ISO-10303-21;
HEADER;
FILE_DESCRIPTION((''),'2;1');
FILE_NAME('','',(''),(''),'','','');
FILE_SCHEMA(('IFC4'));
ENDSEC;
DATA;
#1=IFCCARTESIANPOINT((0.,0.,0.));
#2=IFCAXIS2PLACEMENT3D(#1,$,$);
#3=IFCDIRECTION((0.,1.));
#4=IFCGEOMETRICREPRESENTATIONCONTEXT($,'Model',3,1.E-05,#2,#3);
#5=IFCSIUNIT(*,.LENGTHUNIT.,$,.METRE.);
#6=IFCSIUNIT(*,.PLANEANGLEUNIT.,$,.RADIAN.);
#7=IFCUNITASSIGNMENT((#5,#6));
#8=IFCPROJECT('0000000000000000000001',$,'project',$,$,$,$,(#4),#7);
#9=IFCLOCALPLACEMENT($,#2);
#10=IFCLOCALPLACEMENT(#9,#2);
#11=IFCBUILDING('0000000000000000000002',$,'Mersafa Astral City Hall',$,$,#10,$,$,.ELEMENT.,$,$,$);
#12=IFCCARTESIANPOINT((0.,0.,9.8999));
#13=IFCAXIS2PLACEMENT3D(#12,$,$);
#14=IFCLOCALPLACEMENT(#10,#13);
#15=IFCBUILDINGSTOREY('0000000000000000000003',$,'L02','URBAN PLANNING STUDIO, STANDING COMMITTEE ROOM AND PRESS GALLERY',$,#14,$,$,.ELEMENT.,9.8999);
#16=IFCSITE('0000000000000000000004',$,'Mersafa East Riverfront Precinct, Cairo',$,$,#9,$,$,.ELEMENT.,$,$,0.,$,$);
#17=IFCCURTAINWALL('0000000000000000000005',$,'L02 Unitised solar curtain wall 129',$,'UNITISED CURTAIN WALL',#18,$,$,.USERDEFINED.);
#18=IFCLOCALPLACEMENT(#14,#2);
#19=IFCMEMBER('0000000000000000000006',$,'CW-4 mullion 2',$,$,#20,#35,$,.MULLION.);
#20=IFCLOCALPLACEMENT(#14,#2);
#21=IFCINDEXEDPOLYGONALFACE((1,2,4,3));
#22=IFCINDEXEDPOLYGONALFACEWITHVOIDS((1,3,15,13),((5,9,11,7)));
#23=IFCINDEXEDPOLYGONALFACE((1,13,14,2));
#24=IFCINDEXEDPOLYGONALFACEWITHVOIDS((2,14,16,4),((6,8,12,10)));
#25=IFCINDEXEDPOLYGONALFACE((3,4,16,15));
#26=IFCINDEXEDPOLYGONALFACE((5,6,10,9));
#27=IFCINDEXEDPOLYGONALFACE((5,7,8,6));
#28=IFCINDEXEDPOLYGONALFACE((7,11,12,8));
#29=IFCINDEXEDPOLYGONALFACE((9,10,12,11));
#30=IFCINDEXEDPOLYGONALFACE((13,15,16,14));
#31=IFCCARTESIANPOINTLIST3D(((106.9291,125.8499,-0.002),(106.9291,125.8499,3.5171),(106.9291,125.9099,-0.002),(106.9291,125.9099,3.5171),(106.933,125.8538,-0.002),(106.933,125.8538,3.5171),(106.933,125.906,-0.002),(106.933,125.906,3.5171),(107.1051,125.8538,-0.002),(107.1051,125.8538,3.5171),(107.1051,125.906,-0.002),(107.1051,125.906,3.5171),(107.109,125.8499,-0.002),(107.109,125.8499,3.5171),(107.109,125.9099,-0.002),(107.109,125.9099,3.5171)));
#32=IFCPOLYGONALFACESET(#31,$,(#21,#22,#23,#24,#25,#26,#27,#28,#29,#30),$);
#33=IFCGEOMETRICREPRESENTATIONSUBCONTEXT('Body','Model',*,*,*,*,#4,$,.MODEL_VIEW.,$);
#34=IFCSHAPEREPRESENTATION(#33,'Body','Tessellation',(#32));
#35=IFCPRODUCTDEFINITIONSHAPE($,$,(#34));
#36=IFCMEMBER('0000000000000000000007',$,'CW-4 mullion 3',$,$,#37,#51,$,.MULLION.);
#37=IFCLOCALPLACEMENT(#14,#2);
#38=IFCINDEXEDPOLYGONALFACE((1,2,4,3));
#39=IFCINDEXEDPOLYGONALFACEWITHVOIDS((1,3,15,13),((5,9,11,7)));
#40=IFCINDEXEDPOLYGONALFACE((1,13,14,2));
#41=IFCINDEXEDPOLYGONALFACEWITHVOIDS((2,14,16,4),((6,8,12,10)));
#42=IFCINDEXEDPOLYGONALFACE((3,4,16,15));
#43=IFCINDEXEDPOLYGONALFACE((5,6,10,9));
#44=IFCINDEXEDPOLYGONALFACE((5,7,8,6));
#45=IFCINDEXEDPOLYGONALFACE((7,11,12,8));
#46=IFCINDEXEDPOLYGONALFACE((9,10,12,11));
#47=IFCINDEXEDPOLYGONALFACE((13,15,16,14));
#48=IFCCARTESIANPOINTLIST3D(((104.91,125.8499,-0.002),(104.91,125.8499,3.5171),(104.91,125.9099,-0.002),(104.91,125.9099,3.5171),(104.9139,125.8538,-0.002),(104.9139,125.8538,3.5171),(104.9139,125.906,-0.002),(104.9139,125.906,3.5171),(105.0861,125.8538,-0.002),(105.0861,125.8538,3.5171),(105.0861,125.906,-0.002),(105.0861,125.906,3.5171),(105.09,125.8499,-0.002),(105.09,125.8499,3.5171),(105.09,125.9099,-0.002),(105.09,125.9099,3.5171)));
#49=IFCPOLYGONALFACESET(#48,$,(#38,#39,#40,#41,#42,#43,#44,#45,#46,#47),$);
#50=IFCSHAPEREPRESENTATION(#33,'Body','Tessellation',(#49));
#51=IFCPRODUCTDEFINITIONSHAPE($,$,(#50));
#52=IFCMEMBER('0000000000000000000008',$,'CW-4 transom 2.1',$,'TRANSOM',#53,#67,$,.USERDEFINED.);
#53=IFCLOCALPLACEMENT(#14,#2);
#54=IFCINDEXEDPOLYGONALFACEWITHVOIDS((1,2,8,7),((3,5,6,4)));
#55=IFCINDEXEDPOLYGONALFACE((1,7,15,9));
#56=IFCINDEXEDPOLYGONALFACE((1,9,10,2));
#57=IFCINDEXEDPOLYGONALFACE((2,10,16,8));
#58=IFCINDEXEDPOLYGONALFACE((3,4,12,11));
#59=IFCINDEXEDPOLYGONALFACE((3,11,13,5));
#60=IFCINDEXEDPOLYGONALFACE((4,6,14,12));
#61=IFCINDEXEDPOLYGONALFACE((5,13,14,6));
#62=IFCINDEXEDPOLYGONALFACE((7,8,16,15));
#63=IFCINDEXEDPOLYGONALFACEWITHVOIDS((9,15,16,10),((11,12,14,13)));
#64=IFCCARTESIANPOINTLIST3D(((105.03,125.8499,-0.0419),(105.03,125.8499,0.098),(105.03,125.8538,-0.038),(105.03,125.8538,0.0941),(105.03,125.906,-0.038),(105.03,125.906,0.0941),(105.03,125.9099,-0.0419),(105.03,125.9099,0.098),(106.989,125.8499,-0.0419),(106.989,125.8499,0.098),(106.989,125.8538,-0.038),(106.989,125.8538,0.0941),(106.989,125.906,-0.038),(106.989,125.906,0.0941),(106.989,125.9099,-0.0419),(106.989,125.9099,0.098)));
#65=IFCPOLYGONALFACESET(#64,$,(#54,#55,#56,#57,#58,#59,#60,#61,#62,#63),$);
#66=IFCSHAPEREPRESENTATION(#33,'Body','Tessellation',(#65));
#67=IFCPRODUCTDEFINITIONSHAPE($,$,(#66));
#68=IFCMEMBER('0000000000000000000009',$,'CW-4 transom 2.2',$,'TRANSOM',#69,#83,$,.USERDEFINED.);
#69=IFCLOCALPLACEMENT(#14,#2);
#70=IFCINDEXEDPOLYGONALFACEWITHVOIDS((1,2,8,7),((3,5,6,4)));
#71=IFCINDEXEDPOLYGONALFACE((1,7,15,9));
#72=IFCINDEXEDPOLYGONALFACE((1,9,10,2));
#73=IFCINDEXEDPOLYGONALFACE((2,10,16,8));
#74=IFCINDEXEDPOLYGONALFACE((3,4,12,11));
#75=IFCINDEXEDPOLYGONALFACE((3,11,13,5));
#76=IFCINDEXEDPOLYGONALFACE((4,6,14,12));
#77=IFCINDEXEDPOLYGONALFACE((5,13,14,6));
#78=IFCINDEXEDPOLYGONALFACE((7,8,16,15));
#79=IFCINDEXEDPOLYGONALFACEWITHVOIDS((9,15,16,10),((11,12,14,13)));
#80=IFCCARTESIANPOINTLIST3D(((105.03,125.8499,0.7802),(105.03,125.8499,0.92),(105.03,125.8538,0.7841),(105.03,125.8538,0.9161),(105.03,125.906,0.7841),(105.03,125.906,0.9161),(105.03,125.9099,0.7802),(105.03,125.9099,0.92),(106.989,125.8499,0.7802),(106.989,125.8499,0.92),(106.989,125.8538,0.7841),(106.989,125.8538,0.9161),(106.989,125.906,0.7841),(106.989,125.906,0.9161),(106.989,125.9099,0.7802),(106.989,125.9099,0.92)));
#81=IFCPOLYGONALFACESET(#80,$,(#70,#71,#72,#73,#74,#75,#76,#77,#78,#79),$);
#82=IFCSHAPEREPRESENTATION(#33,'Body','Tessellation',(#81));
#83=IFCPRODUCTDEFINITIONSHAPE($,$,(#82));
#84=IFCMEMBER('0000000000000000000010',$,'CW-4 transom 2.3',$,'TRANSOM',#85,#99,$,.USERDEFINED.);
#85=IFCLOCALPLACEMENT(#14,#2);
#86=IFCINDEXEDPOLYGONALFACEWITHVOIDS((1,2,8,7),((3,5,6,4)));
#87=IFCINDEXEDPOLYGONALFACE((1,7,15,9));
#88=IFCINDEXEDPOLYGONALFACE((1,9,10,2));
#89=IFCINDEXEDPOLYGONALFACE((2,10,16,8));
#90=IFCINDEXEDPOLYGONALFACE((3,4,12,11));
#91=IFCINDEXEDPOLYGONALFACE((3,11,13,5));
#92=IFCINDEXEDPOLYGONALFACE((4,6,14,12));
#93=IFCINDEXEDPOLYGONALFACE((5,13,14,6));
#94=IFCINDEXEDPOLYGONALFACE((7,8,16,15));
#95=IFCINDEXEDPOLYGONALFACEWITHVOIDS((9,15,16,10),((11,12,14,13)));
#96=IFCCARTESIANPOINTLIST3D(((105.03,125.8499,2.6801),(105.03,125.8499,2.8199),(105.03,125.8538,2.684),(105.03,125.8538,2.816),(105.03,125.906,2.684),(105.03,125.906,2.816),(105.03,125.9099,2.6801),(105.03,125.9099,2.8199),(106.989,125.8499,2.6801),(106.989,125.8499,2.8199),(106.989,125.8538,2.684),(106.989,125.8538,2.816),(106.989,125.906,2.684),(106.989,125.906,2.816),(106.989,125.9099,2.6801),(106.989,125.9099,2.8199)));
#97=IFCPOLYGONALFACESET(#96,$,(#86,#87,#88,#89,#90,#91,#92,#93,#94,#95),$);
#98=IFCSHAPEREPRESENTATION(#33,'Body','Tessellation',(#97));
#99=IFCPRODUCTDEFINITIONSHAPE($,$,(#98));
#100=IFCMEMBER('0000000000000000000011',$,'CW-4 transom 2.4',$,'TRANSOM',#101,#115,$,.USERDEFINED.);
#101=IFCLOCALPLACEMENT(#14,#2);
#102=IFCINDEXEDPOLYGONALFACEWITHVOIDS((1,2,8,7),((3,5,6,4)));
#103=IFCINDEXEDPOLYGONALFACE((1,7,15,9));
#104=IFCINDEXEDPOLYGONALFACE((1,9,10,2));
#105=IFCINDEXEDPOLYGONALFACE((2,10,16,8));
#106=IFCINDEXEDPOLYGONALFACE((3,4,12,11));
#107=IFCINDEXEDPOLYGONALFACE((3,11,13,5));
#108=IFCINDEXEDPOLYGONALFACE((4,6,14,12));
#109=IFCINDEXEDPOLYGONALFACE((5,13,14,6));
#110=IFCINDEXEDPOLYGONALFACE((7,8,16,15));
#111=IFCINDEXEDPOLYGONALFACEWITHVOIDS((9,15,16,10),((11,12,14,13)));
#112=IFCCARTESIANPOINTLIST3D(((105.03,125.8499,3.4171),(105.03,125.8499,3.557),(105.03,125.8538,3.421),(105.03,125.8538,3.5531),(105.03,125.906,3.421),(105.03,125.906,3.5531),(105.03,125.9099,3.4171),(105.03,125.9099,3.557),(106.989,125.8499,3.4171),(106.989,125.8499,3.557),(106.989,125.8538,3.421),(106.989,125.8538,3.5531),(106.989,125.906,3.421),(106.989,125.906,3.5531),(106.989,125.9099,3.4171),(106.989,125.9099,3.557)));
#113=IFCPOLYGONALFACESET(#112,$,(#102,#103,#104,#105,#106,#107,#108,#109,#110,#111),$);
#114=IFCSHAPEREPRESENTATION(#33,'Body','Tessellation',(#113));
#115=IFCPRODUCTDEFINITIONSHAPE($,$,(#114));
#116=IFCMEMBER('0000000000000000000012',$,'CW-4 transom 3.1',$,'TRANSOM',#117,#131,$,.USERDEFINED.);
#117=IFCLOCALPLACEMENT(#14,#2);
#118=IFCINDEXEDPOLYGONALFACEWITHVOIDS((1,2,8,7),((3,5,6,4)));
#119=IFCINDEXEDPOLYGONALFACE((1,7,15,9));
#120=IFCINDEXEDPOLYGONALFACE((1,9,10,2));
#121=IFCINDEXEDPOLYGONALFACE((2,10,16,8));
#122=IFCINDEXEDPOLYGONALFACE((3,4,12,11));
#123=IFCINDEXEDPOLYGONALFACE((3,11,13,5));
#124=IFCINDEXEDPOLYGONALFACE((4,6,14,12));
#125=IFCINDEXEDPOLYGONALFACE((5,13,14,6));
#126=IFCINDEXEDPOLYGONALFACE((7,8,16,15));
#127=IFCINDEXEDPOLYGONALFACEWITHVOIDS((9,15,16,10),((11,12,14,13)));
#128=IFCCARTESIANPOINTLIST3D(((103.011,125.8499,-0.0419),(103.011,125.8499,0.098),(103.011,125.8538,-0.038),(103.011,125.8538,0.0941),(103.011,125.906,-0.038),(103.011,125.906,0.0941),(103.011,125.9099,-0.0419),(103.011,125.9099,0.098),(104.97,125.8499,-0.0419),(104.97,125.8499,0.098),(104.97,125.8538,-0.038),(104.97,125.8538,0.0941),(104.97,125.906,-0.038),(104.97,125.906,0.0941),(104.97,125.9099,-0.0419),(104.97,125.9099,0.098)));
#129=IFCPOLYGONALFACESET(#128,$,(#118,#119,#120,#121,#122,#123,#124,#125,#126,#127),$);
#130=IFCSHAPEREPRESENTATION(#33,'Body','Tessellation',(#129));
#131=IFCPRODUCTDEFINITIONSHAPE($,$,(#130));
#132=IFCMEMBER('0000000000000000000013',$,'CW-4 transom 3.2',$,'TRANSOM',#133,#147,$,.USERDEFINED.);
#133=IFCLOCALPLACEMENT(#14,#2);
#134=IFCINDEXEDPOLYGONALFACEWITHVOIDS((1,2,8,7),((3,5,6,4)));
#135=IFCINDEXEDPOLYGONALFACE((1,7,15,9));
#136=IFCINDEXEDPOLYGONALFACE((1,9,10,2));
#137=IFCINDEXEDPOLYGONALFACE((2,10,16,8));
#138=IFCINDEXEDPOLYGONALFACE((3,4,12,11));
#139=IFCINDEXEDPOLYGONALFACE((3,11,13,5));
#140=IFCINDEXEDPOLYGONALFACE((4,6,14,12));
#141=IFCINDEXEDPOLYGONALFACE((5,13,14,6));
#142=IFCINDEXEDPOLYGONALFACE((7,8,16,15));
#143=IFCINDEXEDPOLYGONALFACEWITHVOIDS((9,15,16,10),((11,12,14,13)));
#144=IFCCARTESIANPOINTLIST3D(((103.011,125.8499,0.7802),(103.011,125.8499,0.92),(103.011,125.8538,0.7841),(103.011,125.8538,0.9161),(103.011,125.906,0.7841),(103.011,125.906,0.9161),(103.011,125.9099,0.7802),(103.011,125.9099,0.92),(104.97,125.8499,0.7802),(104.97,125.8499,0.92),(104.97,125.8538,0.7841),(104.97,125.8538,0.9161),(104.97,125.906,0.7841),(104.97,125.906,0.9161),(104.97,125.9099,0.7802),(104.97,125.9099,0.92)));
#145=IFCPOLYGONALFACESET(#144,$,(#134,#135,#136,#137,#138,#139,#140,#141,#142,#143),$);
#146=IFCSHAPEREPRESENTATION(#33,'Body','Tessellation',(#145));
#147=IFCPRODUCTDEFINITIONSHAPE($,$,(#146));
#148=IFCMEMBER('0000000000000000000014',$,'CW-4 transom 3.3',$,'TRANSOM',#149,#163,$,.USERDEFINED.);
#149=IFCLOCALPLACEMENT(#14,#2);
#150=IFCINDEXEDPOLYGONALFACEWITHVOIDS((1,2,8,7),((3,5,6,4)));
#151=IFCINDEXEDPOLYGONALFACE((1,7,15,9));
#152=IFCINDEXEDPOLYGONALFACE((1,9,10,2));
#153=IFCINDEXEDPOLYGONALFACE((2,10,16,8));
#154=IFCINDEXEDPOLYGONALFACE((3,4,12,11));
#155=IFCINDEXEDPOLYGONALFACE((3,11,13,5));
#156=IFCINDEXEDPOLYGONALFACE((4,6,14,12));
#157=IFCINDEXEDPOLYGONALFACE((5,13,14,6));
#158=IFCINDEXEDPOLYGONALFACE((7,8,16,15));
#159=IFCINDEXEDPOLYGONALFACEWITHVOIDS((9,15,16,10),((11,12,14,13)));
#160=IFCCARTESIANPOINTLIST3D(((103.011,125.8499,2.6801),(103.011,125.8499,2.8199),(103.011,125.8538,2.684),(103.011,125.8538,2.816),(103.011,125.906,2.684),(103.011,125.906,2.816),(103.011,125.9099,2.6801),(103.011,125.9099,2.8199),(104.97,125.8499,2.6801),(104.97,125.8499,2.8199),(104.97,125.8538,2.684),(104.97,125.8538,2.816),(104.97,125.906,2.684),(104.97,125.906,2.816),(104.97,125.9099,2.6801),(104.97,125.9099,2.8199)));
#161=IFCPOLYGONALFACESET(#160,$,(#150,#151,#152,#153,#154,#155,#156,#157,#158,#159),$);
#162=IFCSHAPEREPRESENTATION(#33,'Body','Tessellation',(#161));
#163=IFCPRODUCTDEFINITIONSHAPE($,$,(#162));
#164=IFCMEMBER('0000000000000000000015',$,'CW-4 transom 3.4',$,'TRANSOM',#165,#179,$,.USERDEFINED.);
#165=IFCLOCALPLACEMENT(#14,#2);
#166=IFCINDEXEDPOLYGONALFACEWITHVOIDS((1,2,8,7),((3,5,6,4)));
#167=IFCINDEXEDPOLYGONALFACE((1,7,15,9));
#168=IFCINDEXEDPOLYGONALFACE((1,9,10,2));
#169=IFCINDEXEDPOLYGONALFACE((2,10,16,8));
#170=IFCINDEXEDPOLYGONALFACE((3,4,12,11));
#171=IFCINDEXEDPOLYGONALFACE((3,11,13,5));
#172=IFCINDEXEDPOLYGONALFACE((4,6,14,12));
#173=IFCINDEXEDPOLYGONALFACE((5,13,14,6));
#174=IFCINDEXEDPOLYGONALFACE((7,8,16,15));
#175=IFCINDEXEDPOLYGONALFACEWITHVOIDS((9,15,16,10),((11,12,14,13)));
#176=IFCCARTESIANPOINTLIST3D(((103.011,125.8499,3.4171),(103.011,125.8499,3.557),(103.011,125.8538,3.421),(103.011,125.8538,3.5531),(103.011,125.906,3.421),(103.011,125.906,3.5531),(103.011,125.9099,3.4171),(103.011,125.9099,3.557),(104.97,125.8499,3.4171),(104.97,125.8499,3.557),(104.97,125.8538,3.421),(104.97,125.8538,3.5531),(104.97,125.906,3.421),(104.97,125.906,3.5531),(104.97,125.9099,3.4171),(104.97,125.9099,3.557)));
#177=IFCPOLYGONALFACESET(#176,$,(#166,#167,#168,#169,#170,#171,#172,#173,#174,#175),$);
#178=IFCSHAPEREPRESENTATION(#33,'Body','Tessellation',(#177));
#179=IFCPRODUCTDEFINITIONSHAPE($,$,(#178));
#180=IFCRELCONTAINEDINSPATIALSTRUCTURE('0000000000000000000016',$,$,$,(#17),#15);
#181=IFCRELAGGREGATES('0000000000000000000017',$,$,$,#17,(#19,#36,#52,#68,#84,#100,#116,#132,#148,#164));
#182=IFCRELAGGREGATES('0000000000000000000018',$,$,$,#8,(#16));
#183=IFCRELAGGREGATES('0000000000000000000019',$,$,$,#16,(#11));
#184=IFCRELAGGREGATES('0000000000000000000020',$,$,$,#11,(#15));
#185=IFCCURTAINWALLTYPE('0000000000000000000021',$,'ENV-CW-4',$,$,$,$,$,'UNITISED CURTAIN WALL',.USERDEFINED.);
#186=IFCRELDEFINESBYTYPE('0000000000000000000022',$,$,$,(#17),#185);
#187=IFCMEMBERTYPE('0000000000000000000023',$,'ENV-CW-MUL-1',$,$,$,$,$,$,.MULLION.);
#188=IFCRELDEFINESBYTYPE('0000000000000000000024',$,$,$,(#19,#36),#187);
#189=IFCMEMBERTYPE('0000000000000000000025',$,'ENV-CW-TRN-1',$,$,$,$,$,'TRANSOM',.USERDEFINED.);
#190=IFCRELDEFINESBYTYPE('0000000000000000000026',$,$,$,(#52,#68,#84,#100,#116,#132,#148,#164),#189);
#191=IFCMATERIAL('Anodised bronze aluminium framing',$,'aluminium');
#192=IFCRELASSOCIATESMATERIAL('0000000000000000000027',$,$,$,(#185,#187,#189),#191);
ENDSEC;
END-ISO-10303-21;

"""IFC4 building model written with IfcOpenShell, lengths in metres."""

from ifc_helpers import new_model, si_unit, direction, frame, origin, origin_2d, place, context, subcontext, project, spatial, hollow_rectangle, extrude, material, material_profile, profile_set, type_object, element, aggregate, save


model = new_model("IFC4")

# Units and contexts
model_context = context("Model", 3, precision=1e-05, world=origin(), true_north=direction((0.0, 1.0)))
body_context = subcontext(model_context, "Body", "Model", "MODEL_VIEW")
ifc_project = project(units=[si_unit("LENGTHUNIT", "METRE"), si_unit("PLANEANGLEUNIT", "RADIAN")], contexts=[model_context])

# Site, building, storey
site_placement = place(None, origin())
site = spatial("IfcSite", under=ifc_project, at=site_placement, Name="Mersafa East Riverfront Precinct, Cairo", CompositionType="ELEMENT", RefElevation=0.0)
building_placement = place(site_placement, origin())
building = spatial("IfcBuilding", under=site, at=building_placement, Name="Mersafa Astral City Hall", CompositionType="ELEMENT")
storey_placement = place(building_placement, frame((0.0, 0.0, 9.8999)))
storey = spatial("IfcBuildingStorey", under=building, at=storey_placement, Name="L02", Description="URBAN PLANNING STUDIO, STANDING COMMITTEE ROOM AND PRESS GALLERY", CompositionType="ELEMENT", Elevation=9.8999)

# Curtain wall, members
ifc_material_1 = material(Name="Anodised bronze aluminium framing", Category="aluminium")
curtain_wall_type = type_object("IfcCurtainWallType", Name="ENV-CW-4", ElementType="UNITISED CURTAIN WALL", PredefinedType="USERDEFINED", material=ifc_material_1)
curtain_wall_placement = place(storey_placement, origin())
curtain_wall = element("IfcCurtainWall", 1, at=curtain_wall_placement, inside=storey, type_object=curtain_wall_type, Name="L02 Unitised solar curtain wall 129", ObjectType="UNITISED CURTAIN WALL", PredefinedType="USERDEFINED")
ifc_material_profile_1 = material_profile(ifc_material_1, hollow_rectangle(XDim=0.0601, YDim=0.1799, WallThickness=0.0039, at=origin_2d()), Name="RHS 60x180x4")
ifc_profile_set_1 = profile_set([ifc_material_profile_1], Name="Anodised bronze aluminium framing")
member_type_1 = type_object("IfcMemberType", Name="ENV-CW-MUL-1", PredefinedType="MULLION", material=ifc_profile_set_1)
member_1_placement = place(storey_placement, frame((107.019, 125.8799, -0.002), z_axis=(0.0, 0.0, 1.0), x_axis=(0.0, -1.0, 0.0)))
member_1 = element("IfcMember", 2, at=member_1_placement, type_object=member_type_1, Name="CW-4 mullion 2", PredefinedType="MULLION", context=body_context, shape_type="SweptSolid", body=[
    extrude(hollow_rectangle(XDim=0.0601, YDim=0.1799, WallThickness=0.0039, at=origin_2d()), origin(), (0.0, 0.0, 1.0), 3.519),
])
member_2_placement = place(storey_placement, frame((105.0, 125.8799, -0.002), z_axis=(0.0, 0.0, 1.0), x_axis=(0.0, -1.0, 0.0)))
member_2 = element("IfcMember", 3, at=member_2_placement, type_object=member_type_1, Name="CW-4 mullion 3", PredefinedType="MULLION", context=body_context, shape_type="SweptSolid", body=[
    extrude(hollow_rectangle(XDim=0.0601, YDim=0.1799, WallThickness=0.0039, at=origin_2d()), origin(), (0.0, 0.0, 1.0), 3.519),
])
ifc_material_profile_2 = material_profile(ifc_material_1, hollow_rectangle(XDim=0.0601, YDim=0.1399, WallThickness=0.0039, at=origin_2d()), Name="RHS 60x140x4")
ifc_profile_set_2 = profile_set([ifc_material_profile_2], Name="Anodised bronze aluminium framing")
member_type_2 = type_object("IfcMemberType", Name="ENV-CW-TRN-1", ElementType="TRANSOM", PredefinedType="USERDEFINED", material=ifc_profile_set_2)
member_3_placement = place(storey_placement, frame((106.989, 125.8799, 0.0281), z_axis=(-1.0, 0.0, 0.0), x_axis=(0.0, -1.0, 0.0)))
member_3 = element("IfcMember", 4, at=member_3_placement, type_object=member_type_2, Name="CW-4 transom 2.1", ObjectType="TRANSOM", PredefinedType="USERDEFINED", context=body_context, shape_type="SweptSolid", body=[
    extrude(hollow_rectangle(XDim=0.0601, YDim=0.1399, WallThickness=0.0039, at=origin_2d()), origin(), (0.0, 0.0, 1.0), 1.959),
])
member_4_placement = place(storey_placement, frame((106.989, 125.8799, 0.8501), z_axis=(-1.0, 0.0, 0.0), x_axis=(0.0, -1.0, 0.0)))
member_4 = element("IfcMember", 5, at=member_4_placement, type_object=member_type_2, Name="CW-4 transom 2.2", ObjectType="TRANSOM", PredefinedType="USERDEFINED", context=body_context, shape_type="SweptSolid", body=[
    extrude(hollow_rectangle(XDim=0.0601, YDim=0.1399, WallThickness=0.0039, at=origin_2d()), origin(), (0.0, 0.0, 1.0), 1.959),
])
member_5_placement = place(storey_placement, frame((106.989, 125.8799, 2.75), z_axis=(-1.0, 0.0, 0.0), x_axis=(0.0, -1.0, 0.0)))
member_5 = element("IfcMember", 6, at=member_5_placement, type_object=member_type_2, Name="CW-4 transom 2.3", ObjectType="TRANSOM", PredefinedType="USERDEFINED", context=body_context, shape_type="SweptSolid", body=[
    extrude(hollow_rectangle(XDim=0.0601, YDim=0.1399, WallThickness=0.0039, at=origin_2d()), origin(), (0.0, 0.0, 1.0), 1.959),
])
member_6_placement = place(storey_placement, frame((106.989, 125.8799, 3.4871), z_axis=(-1.0, 0.0, 0.0), x_axis=(0.0, -1.0, 0.0)))
member_6 = element("IfcMember", 7, at=member_6_placement, type_object=member_type_2, Name="CW-4 transom 2.4", ObjectType="TRANSOM", PredefinedType="USERDEFINED", context=body_context, shape_type="SweptSolid", body=[
    extrude(hollow_rectangle(XDim=0.0601, YDim=0.1399, WallThickness=0.0039, at=origin_2d()), origin(), (0.0, 0.0, 1.0), 1.959),
])
member_7_placement = place(storey_placement, frame((104.97, 125.8799, 0.0281), z_axis=(-1.0, 0.0, 0.0), x_axis=(0.0, -1.0, 0.0)))
member_7 = element("IfcMember", 8, at=member_7_placement, type_object=member_type_2, Name="CW-4 transom 3.1", ObjectType="TRANSOM", PredefinedType="USERDEFINED", context=body_context, shape_type="SweptSolid", body=[
    extrude(hollow_rectangle(XDim=0.0601, YDim=0.1399, WallThickness=0.0039, at=origin_2d()), origin(), (0.0, 0.0, 1.0), 1.959),
])
member_8_placement = place(storey_placement, frame((104.97, 125.8799, 0.8501), z_axis=(-1.0, 0.0, 0.0), x_axis=(0.0, -1.0, 0.0)))
member_8 = element("IfcMember", 9, at=member_8_placement, type_object=member_type_2, Name="CW-4 transom 3.2", ObjectType="TRANSOM", PredefinedType="USERDEFINED", context=body_context, shape_type="SweptSolid", body=[
    extrude(hollow_rectangle(XDim=0.0601, YDim=0.1399, WallThickness=0.0039, at=origin_2d()), origin(), (0.0, 0.0, 1.0), 1.959),
])
member_9_placement = place(storey_placement, frame((104.97, 125.8799, 2.75), z_axis=(-1.0, 0.0, 0.0), x_axis=(0.0, -1.0, 0.0)))
member_9 = element("IfcMember", 10, at=member_9_placement, type_object=member_type_2, Name="CW-4 transom 3.3", ObjectType="TRANSOM", PredefinedType="USERDEFINED", context=body_context, shape_type="SweptSolid", body=[
    extrude(hollow_rectangle(XDim=0.0601, YDim=0.1399, WallThickness=0.0039, at=origin_2d()), origin(), (0.0, 0.0, 1.0), 1.959),
])
member_10_placement = place(storey_placement, frame((104.97, 125.8799, 3.4871), z_axis=(-1.0, 0.0, 0.0), x_axis=(0.0, -1.0, 0.0)))
member_10 = element("IfcMember", 11, at=member_10_placement, type_object=member_type_2, Name="CW-4 transom 3.4", ObjectType="TRANSOM", PredefinedType="USERDEFINED", context=body_context, shape_type="SweptSolid", body=[
    extrude(hollow_rectangle(XDim=0.0601, YDim=0.1399, WallThickness=0.0039, at=origin_2d()), origin(), (0.0, 0.0, 1.0), 1.959),
])

aggregate(curtain_wall, [member_1, member_2, member_3, member_4, member_5, member_6, member_7, member_8, member_9, member_10])

save(model, "model.ifc")
